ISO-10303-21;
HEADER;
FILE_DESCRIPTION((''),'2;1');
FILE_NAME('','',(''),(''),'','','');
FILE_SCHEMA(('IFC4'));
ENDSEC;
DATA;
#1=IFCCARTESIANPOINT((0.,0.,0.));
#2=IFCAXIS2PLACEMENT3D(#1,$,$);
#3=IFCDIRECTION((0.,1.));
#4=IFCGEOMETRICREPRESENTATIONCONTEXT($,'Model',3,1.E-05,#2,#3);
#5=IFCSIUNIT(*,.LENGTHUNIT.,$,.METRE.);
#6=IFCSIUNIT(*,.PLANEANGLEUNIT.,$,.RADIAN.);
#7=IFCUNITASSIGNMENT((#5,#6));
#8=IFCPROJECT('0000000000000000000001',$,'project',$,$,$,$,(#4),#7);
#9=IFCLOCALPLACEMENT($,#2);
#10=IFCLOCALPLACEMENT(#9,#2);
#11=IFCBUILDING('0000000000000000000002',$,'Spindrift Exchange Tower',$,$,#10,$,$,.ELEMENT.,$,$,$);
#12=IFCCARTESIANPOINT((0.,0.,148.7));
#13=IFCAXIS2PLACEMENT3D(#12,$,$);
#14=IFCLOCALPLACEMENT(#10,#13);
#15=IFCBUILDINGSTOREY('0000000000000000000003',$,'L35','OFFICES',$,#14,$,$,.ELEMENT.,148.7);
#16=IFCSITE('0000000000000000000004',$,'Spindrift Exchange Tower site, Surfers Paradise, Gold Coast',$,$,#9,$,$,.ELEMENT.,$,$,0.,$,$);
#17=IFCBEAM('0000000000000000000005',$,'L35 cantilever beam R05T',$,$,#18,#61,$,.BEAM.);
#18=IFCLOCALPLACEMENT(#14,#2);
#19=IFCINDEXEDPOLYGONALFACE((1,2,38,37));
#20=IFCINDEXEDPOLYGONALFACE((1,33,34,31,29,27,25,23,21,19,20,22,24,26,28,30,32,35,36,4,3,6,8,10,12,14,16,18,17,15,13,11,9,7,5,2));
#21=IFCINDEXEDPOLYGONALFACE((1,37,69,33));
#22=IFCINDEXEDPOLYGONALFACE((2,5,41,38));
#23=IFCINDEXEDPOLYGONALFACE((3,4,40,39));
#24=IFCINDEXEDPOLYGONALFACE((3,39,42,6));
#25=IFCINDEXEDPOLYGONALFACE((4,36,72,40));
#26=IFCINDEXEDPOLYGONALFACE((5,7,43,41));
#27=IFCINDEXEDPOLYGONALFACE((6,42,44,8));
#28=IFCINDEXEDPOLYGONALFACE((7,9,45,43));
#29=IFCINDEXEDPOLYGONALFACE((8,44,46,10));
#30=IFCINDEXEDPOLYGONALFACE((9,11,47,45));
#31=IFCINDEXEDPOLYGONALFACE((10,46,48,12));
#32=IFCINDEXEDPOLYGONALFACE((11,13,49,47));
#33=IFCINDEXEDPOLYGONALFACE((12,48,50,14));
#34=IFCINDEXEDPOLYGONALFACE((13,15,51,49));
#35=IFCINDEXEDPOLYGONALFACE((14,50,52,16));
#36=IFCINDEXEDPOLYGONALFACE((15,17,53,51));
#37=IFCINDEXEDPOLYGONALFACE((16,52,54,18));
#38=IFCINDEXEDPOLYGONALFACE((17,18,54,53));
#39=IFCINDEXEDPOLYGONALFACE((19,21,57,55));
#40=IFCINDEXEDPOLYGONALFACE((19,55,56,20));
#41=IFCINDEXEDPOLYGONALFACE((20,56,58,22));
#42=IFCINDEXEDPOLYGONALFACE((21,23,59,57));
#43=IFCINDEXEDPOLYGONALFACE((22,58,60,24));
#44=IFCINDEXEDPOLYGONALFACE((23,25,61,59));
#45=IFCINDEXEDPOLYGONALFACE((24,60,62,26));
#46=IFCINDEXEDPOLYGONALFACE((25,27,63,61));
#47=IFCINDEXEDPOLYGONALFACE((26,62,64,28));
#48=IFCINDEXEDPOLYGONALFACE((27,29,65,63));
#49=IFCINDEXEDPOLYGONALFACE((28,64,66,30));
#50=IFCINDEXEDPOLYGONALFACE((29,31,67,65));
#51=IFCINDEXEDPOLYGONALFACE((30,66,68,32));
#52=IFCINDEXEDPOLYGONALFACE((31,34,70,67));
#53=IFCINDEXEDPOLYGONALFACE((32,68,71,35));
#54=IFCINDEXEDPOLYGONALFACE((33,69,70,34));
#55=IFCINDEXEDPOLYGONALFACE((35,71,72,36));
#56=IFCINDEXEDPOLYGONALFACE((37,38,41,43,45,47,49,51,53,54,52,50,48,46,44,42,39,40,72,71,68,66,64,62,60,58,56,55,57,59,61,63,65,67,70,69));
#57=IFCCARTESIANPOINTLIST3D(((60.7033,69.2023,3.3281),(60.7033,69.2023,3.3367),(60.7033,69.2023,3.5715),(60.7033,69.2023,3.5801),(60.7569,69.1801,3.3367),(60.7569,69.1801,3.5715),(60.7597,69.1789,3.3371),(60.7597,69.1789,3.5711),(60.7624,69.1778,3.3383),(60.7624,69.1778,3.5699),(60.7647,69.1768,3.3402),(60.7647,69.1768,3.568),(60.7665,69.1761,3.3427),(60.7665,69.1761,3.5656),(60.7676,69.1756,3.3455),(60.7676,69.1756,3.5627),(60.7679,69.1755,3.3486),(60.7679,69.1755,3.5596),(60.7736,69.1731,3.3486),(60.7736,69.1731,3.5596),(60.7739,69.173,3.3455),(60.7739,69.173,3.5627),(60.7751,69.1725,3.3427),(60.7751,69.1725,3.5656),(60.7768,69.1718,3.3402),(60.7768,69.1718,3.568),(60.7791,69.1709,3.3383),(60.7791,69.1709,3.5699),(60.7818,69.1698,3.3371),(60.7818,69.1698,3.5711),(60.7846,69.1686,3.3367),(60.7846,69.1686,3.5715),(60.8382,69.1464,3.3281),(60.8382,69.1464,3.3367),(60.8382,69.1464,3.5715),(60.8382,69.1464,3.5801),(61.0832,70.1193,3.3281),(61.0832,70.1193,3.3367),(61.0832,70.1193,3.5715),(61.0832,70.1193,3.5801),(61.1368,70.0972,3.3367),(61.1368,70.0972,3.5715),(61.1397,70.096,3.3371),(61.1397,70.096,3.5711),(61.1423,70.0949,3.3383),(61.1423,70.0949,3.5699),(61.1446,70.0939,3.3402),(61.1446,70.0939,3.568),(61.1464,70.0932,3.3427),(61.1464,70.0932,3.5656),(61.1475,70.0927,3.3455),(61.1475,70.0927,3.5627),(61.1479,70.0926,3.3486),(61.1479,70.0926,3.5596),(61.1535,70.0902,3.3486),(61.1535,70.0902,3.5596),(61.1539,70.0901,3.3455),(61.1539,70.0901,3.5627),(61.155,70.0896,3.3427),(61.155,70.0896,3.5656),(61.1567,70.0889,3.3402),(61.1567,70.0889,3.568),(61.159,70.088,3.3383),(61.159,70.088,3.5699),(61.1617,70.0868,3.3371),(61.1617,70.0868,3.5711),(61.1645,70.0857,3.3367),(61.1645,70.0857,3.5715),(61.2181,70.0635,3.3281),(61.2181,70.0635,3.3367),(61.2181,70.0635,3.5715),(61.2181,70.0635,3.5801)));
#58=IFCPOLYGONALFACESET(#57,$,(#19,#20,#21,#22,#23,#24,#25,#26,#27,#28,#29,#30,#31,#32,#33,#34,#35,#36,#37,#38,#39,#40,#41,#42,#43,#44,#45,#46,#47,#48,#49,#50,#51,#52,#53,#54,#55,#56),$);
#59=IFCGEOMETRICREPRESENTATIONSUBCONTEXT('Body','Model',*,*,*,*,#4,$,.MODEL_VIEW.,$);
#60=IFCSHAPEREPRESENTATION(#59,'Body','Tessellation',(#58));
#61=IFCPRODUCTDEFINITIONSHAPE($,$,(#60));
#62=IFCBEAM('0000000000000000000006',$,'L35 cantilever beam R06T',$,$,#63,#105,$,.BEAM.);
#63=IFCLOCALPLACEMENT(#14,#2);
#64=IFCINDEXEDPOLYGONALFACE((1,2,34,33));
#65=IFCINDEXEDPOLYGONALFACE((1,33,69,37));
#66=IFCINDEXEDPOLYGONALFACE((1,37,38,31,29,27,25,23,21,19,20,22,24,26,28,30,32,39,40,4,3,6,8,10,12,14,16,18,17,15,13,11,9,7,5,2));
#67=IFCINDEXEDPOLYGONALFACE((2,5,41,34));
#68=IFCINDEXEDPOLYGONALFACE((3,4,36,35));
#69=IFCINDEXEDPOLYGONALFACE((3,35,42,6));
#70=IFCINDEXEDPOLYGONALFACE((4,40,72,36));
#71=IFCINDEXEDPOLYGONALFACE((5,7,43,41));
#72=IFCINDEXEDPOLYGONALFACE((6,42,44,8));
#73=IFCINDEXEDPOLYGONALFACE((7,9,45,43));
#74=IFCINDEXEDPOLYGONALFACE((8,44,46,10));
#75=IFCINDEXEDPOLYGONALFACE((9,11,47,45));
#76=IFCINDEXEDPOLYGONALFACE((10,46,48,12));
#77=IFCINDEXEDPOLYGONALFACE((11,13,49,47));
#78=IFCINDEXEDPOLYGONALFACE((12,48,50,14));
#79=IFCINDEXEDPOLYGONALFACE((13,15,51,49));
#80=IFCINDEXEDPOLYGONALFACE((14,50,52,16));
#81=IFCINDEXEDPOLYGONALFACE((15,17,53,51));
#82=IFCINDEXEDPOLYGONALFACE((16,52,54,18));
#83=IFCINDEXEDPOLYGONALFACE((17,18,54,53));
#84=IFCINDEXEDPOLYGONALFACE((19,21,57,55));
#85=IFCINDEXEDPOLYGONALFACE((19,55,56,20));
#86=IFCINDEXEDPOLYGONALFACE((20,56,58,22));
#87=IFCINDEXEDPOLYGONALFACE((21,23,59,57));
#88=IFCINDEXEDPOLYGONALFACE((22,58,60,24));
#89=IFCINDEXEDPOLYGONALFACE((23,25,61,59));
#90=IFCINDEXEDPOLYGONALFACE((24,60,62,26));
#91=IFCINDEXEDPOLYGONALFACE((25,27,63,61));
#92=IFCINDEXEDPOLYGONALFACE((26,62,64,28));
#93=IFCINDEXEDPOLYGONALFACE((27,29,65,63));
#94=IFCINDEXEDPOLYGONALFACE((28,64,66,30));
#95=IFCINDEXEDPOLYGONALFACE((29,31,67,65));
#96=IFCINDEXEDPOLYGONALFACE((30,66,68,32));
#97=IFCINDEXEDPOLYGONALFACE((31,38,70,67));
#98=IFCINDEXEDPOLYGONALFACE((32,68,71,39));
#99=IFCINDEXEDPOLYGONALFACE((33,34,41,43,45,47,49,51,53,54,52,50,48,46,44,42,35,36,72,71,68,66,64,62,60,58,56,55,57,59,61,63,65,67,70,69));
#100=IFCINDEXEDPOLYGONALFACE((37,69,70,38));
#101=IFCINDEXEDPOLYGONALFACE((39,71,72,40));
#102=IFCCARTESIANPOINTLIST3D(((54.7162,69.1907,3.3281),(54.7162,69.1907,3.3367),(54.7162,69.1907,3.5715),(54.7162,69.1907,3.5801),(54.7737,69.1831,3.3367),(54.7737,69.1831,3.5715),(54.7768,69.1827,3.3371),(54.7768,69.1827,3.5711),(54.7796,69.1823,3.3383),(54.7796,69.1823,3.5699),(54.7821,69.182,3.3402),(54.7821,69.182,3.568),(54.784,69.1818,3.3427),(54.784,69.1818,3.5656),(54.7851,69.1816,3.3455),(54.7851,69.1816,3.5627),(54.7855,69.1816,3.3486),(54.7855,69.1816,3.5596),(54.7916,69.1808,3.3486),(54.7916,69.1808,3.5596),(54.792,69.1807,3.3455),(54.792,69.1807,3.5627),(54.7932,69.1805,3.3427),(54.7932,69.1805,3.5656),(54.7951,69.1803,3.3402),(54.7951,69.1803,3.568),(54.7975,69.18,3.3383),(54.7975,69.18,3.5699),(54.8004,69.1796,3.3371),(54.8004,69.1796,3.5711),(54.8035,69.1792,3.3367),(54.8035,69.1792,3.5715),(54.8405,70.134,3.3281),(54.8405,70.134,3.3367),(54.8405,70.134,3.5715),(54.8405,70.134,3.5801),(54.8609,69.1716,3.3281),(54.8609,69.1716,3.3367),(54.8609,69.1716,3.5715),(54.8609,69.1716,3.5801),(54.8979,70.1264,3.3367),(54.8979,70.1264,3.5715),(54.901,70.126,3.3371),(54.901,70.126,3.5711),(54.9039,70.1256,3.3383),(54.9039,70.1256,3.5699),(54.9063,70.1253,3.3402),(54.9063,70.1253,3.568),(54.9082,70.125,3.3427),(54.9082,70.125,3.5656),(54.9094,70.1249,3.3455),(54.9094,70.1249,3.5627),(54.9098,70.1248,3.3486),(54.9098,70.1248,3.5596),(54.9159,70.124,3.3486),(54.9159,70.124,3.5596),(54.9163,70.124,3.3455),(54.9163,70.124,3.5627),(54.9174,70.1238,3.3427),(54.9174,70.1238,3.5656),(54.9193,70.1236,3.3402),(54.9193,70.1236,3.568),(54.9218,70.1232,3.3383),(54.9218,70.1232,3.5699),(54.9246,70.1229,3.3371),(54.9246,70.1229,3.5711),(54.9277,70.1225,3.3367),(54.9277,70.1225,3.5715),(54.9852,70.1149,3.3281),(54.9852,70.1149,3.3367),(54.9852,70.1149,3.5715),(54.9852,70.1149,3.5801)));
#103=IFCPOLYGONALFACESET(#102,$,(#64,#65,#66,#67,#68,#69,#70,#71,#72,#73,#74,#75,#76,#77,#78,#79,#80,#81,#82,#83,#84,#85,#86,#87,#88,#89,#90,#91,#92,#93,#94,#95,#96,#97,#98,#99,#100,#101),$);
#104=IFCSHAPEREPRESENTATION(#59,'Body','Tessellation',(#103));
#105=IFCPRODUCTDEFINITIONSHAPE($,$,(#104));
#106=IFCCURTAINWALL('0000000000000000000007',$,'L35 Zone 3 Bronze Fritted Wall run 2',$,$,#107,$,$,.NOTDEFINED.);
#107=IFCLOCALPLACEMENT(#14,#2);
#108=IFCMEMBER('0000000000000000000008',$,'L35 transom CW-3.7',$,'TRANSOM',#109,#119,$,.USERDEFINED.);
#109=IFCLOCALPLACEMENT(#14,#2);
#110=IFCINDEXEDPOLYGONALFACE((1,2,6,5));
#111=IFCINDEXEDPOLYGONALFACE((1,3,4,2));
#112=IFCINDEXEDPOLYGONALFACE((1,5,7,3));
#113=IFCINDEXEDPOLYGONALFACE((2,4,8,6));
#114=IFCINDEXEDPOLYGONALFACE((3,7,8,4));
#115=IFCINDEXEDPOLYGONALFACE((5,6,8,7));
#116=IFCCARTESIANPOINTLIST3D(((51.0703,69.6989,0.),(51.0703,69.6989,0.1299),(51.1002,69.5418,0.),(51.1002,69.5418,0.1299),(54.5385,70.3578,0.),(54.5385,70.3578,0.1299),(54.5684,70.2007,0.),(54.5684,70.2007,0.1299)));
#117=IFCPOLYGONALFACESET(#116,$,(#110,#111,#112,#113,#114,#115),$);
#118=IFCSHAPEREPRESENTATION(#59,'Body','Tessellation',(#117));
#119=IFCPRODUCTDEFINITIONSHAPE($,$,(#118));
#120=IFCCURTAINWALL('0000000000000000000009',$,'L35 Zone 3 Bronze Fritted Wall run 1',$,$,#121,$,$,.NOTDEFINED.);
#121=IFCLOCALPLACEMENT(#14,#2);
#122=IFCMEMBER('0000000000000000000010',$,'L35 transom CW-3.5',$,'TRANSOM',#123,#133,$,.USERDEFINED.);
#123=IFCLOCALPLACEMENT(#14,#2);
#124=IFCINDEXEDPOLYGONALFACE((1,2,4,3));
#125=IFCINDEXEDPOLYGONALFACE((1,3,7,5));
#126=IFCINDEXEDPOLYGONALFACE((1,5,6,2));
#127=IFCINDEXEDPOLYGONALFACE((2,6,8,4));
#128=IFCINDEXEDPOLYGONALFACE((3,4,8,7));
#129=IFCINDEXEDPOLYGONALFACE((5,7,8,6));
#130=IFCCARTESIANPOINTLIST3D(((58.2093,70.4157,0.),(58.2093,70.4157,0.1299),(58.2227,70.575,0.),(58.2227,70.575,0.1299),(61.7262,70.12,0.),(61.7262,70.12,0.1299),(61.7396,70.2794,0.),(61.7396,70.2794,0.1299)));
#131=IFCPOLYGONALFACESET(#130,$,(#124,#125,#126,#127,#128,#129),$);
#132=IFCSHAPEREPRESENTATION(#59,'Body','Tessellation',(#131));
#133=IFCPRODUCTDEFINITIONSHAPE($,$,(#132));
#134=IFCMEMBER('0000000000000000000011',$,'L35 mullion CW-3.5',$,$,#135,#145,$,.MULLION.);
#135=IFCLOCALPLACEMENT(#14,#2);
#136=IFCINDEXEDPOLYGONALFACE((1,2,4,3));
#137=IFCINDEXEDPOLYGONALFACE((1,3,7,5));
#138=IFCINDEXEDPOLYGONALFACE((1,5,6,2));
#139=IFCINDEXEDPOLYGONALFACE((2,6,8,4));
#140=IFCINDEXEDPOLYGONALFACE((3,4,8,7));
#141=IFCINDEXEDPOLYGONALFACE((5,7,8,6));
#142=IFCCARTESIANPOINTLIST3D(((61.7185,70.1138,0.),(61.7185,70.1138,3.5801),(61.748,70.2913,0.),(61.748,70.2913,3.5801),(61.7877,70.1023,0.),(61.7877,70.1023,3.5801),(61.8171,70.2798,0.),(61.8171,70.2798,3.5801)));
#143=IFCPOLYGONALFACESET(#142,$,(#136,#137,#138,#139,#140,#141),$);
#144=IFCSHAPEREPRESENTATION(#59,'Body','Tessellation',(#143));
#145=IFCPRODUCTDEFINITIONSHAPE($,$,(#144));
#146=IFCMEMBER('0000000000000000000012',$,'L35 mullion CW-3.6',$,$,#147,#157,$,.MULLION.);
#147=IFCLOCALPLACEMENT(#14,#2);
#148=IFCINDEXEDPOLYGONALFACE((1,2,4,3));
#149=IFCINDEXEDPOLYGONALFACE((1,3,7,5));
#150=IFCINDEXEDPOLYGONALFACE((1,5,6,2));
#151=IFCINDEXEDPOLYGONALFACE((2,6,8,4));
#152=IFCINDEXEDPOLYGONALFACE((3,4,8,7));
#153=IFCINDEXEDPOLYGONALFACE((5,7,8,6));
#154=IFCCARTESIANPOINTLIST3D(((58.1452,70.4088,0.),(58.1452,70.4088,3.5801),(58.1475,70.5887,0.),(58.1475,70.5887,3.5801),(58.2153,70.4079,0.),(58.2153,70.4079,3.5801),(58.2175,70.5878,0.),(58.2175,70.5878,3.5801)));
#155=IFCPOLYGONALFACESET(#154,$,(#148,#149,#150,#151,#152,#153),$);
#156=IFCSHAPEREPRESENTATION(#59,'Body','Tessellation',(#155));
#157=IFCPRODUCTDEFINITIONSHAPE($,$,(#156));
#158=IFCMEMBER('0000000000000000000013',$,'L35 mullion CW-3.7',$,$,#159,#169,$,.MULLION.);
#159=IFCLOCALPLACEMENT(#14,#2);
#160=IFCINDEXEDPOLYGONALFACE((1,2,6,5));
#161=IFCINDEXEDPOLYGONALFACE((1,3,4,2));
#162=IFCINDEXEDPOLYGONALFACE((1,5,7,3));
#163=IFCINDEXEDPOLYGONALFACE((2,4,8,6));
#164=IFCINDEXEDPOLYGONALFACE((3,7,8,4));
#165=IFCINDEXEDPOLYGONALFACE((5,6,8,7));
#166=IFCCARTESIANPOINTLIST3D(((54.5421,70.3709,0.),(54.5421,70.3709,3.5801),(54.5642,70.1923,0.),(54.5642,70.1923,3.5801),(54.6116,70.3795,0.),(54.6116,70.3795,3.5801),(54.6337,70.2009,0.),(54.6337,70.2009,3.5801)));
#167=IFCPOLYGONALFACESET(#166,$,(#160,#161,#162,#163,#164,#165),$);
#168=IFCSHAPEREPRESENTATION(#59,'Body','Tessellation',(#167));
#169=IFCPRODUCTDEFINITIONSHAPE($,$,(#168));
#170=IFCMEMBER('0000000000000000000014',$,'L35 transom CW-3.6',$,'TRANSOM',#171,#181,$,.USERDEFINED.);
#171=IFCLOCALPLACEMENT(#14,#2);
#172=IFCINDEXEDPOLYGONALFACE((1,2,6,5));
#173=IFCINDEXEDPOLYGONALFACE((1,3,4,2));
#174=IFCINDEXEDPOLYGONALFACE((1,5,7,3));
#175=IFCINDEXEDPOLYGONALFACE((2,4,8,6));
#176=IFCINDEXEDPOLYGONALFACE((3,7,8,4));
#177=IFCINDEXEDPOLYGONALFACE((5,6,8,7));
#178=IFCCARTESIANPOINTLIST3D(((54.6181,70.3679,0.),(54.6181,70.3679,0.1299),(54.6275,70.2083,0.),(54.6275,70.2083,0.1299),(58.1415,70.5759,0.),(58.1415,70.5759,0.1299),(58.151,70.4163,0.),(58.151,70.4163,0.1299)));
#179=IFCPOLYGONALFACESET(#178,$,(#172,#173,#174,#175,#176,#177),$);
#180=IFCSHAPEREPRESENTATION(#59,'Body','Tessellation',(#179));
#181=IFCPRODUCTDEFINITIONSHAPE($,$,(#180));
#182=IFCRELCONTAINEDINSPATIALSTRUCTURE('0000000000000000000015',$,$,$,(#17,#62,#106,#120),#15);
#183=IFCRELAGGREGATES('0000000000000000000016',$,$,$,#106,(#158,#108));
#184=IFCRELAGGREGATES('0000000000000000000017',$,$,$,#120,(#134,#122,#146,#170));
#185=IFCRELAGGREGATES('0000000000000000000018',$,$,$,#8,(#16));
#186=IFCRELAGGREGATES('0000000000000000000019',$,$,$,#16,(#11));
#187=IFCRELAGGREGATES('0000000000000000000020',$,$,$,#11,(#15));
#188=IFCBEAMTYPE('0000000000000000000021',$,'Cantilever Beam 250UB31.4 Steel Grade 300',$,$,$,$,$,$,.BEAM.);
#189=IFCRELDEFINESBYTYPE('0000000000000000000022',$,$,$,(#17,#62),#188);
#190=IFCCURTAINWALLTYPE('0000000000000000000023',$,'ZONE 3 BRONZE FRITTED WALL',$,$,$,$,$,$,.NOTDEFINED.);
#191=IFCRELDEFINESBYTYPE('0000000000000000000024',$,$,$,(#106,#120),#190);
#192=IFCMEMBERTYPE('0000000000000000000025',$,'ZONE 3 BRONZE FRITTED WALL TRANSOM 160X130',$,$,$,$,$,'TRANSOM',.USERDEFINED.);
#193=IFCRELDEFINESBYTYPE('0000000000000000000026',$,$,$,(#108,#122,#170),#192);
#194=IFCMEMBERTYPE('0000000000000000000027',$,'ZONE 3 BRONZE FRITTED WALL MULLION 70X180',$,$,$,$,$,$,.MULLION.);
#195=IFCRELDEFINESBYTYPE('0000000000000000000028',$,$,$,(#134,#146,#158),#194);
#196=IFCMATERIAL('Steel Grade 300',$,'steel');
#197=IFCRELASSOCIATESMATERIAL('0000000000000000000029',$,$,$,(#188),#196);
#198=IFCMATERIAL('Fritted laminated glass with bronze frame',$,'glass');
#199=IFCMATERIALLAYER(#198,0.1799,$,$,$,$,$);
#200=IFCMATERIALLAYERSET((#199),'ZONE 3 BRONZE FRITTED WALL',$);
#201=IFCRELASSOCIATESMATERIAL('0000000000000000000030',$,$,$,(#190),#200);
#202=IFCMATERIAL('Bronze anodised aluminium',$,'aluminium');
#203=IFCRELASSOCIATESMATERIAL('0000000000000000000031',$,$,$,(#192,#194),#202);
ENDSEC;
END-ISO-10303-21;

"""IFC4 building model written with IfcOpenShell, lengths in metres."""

from ifc_helpers import new_model, si_unit, direction, frame, origin, origin_2d, place, context, subcontext, project, spatial, rectangle, i_section, extrude, source, transform, mapped, material, layer, layer_set, material_profile, profile_set, type_object, element, aggregate, save


model = new_model("IFC4")

# Units and contexts
model_context = context("Model", 3, precision=1e-05, world=origin(), true_north=direction((0.0, 1.0)))
body_context = subcontext(model_context, "Body", "Model", "MODEL_VIEW")
ifc_project = project(units=[si_unit("LENGTHUNIT", "METRE"), si_unit("PLANEANGLEUNIT", "RADIAN")], contexts=[model_context])

# Site, building, storey
site_placement = place(None, origin())
site = spatial("IfcSite", under=ifc_project, at=site_placement, Name="Spindrift Exchange Tower site, Surfers Paradise, Gold Coast", CompositionType="ELEMENT", RefElevation=0.0)
building_placement = place(site_placement, origin())
building = spatial("IfcBuilding", under=site, at=building_placement, Name="Spindrift Exchange Tower", CompositionType="ELEMENT")
storey_placement = place(building_placement, frame((0.0, 0.0, 148.7)))
storey = spatial("IfcBuildingStorey", under=building, at=storey_placement, Name="L35", Description="OFFICES", CompositionType="ELEMENT", Elevation=148.7)

# Beams
ifc_material_1 = material(Name="Steel Grade 300", Category="steel")
ifc_material_profile_1 = material_profile(ifc_material_1, i_section(OverallWidth=0.146, OverallDepth=0.252, WebThickness=0.0061, FlangeThickness=0.0085, FilletRadius=0.012, at=origin_2d()), Name="250UB31.4")
ifc_profile_set_1 = profile_set([ifc_material_profile_1], Name="Steel Grade 300")
beam_type_1 = type_object("IfcBeamType", Name="Cantilever Beam 250UB31.4 Steel Grade 300", PredefinedType="BEAM", material=ifc_profile_set_1)
shared_shape_1 = source(origin(), body_context, "Body", "SweptSolid", [
    extrude(i_section(OverallWidth=0.146, OverallDepth=0.252, WebThickness=0.0061, FlangeThickness=0.0085, FilletRadius=0.012, at=origin_2d()), origin(), (0.0, 0.0, 1.0), 0.9927),
])
beam_1_placement = place(storey_placement, frame((60.7708, 69.1743, 3.4541), z_axis=(0.382728, 0.923861, 0.0), x_axis=(-0.923861, 0.382728, 0.0)))
element("IfcBeam", 1, at=beam_1_placement, inside=storey, type_object=beam_type_1, Name="L35 cantilever beam R05T", PredefinedType="BEAM", context=body_context, shape_type="MappedRepresentation", body=[
    mapped(shared_shape_1, transform((0.0, 0.0, 0.0), scale=1.0)),
])
shared_shape_2 = source(origin(), body_context, "Body", "SweptSolid", [
    extrude(i_section(OverallWidth=0.146, OverallDepth=0.252, WebThickness=0.0061, FlangeThickness=0.0085, FilletRadius=0.012, at=origin_2d()), origin(), (0.0, 0.0, 1.0), 0.9514),
])
beam_2_placement = place(storey_placement, frame((54.7886, 69.1812, 3.4541), z_axis=(0.130601, 0.991435, 0.0), x_axis=(-0.991435, 0.130601, 0.0)))
element("IfcBeam", 2, at=beam_2_placement, inside=storey, type_object=beam_type_1, Name="L35 cantilever beam R06T", PredefinedType="BEAM", context=body_context, shape_type="MappedRepresentation", body=[
    mapped(shared_shape_2, transform((0.0, 0.0, 0.0), scale=1.0)),
])

# Curtain wall, member
ifc_material_2 = material(Name="Fritted laminated glass with bronze frame", Category="glass")
ifc_layer_1 = layer(ifc_material_2, 0.1799)
ifc_layer_set_1 = layer_set([ifc_layer_1], Name="ZONE 3 BRONZE FRITTED WALL")
curtain_wall_type = type_object("IfcCurtainWallType", Name="ZONE 3 BRONZE FRITTED WALL", PredefinedType="NOTDEFINED", material=ifc_layer_set_1)
curtain_wall_1_placement = place(storey_placement, origin())
curtain_wall_1 = element("IfcCurtainWall", 3, at=curtain_wall_1_placement, inside=storey, type_object=curtain_wall_type, Name="L35 Zone 3 Bronze Fritted Wall run 2", PredefinedType="NOTDEFINED")
ifc_material_3 = material(Name="Bronze anodised aluminium", Category="aluminium")
ifc_material_profile_2 = material_profile(ifc_material_3, rectangle(XDim=0.1599, YDim=0.1299, at=origin_2d()), Name="ZONE 3 BRONZE FRITTED WALL TRANSOM 160X130")
ifc_profile_set_2 = profile_set([ifc_material_profile_2], Name="Bronze anodised aluminium")
member_type_1 = type_object("IfcMemberType", Name="ZONE 3 BRONZE FRITTED WALL TRANSOM 160X130", ElementType="TRANSOM", PredefinedType="USERDEFINED", material=ifc_profile_set_2)
shared_shape_3 = source(origin(), body_context, "Body", "SweptSolid", [
    extrude(rectangle(XDim=0.1599, YDim=0.1299, at=origin_2d()), origin(), (0.0, 0.0, 1.0), 3.5303),
])
member_1_placement = place(storey_placement, frame((54.5535, 70.2793, 0.0649), z_axis=(-0.982426, -0.186651, 0.0), x_axis=(0.186651, -0.982426, 0.0)))
member_1 = element("IfcMember", 4, at=member_1_placement, type_object=member_type_1, Name="L35 transom CW-3.7", ObjectType="TRANSOM", PredefinedType="USERDEFINED", context=body_context, shape_type="MappedRepresentation", body=[
    mapped(shared_shape_3, transform((0.0, 0.0, 0.0), scale=1.0)),
])

# Curtain wall, members
curtain_wall_2_placement = place(storey_placement, origin())
curtain_wall_2 = element("IfcCurtainWall", 5, at=curtain_wall_2_placement, inside=storey, type_object=curtain_wall_type, Name="L35 Zone 3 Bronze Fritted Wall run 1", PredefinedType="NOTDEFINED")
shared_shape_4 = source(origin(), body_context, "Body", "SweptSolid", [
    extrude(rectangle(XDim=0.1599, YDim=0.1299, at=origin_2d()), origin(), (0.0, 0.0, 1.0), 3.5293),
])
member_2_placement = place(storey_placement, frame((61.7329, 70.1997, 0.0649), z_axis=(-0.996485, 0.083773, 0.0), x_axis=(-0.083773, -0.996485, 0.0)))
member_2 = element("IfcMember", 6, at=member_2_placement, type_object=member_type_1, Name="L35 transom CW-3.5", ObjectType="TRANSOM", PredefinedType="USERDEFINED", context=body_context, shape_type="MappedRepresentation", body=[
    mapped(shared_shape_4, transform((0.0, 0.0, 0.0), scale=1.0)),
])
ifc_material_profile_3 = material_profile(ifc_material_3, rectangle(XDim=0.0701, YDim=0.1799, at=origin_2d()), Name="ZONE 3 BRONZE FRITTED WALL MULLION 70X180")
ifc_profile_set_3 = profile_set([ifc_material_profile_3], Name="Bronze anodised aluminium")
member_type_2 = type_object("IfcMemberType", Name="ZONE 3 BRONZE FRITTED WALL MULLION 70X180", PredefinedType="MULLION", material=ifc_profile_set_3)
shared_shape_5 = source(origin(), body_context, "Body", "SweptSolid", [
    extrude(rectangle(XDim=0.0701, YDim=0.1799, at=origin_2d()), origin(), (0.0, 0.0, 1.0), 3.5801),
])
member_3_placement = place(storey_placement, frame((61.7678, 70.1968, 0.0), z_axis=(0.0, 0.0, 1.0), x_axis=(-0.986529, 0.163587, 0.0)))
member_3 = element("IfcMember", 7, at=member_3_placement, type_object=member_type_2, Name="L35 mullion CW-3.5", PredefinedType="MULLION", context=body_context, shape_type="MappedRepresentation", body=[
    mapped(shared_shape_5, transform((0.0, 0.0, 0.0), scale=1.0)),
])
member_4_placement = place(storey_placement, frame((58.1814, 70.4983, 0.0), z_axis=(0.0, 0.0, 1.0), x_axis=(-0.999923, 0.012415, 0.0)))
member_4 = element("IfcMember", 8, at=member_4_placement, type_object=member_type_2, Name="L35 mullion CW-3.6", PredefinedType="MULLION", context=body_context, shape_type="MappedRepresentation", body=[
    mapped(shared_shape_5, transform((0.0, 0.0, 0.0), scale=1.0)),
])

# Members
member_5_placement = place(storey_placement, frame((54.5879, 70.2859, 0.0), z_axis=(0.0, 0.0, 1.0), x_axis=(-0.992398, -0.123067, 0.0)))
member_5 = element("IfcMember", 9, at=member_5_placement, type_object=member_type_2, Name="L35 mullion CW-3.7", PredefinedType="MULLION", context=body_context, shape_type="MappedRepresentation", body=[
    mapped(shared_shape_5, transform((0.0, 0.0, 0.0), scale=1.0)),
])
aggregate(curtain_wall_1, [member_5, member_1])
shared_shape_6 = source(origin(), body_context, "Body", "SweptSolid", [
    extrude(rectangle(XDim=0.1599, YDim=0.1299, at=origin_2d()), origin(), (0.0, 0.0, 1.0), 3.5295),
])
member_6_placement = place(storey_placement, frame((58.1462, 70.4961, 0.0649), z_axis=(-0.998262, -0.058933, 0.0), x_axis=(0.058933, -0.998262, 0.0)))
member_6 = element("IfcMember", 10, at=member_6_placement, type_object=member_type_1, Name="L35 transom CW-3.6", ObjectType="TRANSOM", PredefinedType="USERDEFINED", context=body_context, shape_type="MappedRepresentation", body=[
    mapped(shared_shape_6, transform((0.0, 0.0, 0.0), scale=1.0)),
])

aggregate(curtain_wall_2, [member_3, member_2, member_4, member_6])

save(model, "model.ifc")
